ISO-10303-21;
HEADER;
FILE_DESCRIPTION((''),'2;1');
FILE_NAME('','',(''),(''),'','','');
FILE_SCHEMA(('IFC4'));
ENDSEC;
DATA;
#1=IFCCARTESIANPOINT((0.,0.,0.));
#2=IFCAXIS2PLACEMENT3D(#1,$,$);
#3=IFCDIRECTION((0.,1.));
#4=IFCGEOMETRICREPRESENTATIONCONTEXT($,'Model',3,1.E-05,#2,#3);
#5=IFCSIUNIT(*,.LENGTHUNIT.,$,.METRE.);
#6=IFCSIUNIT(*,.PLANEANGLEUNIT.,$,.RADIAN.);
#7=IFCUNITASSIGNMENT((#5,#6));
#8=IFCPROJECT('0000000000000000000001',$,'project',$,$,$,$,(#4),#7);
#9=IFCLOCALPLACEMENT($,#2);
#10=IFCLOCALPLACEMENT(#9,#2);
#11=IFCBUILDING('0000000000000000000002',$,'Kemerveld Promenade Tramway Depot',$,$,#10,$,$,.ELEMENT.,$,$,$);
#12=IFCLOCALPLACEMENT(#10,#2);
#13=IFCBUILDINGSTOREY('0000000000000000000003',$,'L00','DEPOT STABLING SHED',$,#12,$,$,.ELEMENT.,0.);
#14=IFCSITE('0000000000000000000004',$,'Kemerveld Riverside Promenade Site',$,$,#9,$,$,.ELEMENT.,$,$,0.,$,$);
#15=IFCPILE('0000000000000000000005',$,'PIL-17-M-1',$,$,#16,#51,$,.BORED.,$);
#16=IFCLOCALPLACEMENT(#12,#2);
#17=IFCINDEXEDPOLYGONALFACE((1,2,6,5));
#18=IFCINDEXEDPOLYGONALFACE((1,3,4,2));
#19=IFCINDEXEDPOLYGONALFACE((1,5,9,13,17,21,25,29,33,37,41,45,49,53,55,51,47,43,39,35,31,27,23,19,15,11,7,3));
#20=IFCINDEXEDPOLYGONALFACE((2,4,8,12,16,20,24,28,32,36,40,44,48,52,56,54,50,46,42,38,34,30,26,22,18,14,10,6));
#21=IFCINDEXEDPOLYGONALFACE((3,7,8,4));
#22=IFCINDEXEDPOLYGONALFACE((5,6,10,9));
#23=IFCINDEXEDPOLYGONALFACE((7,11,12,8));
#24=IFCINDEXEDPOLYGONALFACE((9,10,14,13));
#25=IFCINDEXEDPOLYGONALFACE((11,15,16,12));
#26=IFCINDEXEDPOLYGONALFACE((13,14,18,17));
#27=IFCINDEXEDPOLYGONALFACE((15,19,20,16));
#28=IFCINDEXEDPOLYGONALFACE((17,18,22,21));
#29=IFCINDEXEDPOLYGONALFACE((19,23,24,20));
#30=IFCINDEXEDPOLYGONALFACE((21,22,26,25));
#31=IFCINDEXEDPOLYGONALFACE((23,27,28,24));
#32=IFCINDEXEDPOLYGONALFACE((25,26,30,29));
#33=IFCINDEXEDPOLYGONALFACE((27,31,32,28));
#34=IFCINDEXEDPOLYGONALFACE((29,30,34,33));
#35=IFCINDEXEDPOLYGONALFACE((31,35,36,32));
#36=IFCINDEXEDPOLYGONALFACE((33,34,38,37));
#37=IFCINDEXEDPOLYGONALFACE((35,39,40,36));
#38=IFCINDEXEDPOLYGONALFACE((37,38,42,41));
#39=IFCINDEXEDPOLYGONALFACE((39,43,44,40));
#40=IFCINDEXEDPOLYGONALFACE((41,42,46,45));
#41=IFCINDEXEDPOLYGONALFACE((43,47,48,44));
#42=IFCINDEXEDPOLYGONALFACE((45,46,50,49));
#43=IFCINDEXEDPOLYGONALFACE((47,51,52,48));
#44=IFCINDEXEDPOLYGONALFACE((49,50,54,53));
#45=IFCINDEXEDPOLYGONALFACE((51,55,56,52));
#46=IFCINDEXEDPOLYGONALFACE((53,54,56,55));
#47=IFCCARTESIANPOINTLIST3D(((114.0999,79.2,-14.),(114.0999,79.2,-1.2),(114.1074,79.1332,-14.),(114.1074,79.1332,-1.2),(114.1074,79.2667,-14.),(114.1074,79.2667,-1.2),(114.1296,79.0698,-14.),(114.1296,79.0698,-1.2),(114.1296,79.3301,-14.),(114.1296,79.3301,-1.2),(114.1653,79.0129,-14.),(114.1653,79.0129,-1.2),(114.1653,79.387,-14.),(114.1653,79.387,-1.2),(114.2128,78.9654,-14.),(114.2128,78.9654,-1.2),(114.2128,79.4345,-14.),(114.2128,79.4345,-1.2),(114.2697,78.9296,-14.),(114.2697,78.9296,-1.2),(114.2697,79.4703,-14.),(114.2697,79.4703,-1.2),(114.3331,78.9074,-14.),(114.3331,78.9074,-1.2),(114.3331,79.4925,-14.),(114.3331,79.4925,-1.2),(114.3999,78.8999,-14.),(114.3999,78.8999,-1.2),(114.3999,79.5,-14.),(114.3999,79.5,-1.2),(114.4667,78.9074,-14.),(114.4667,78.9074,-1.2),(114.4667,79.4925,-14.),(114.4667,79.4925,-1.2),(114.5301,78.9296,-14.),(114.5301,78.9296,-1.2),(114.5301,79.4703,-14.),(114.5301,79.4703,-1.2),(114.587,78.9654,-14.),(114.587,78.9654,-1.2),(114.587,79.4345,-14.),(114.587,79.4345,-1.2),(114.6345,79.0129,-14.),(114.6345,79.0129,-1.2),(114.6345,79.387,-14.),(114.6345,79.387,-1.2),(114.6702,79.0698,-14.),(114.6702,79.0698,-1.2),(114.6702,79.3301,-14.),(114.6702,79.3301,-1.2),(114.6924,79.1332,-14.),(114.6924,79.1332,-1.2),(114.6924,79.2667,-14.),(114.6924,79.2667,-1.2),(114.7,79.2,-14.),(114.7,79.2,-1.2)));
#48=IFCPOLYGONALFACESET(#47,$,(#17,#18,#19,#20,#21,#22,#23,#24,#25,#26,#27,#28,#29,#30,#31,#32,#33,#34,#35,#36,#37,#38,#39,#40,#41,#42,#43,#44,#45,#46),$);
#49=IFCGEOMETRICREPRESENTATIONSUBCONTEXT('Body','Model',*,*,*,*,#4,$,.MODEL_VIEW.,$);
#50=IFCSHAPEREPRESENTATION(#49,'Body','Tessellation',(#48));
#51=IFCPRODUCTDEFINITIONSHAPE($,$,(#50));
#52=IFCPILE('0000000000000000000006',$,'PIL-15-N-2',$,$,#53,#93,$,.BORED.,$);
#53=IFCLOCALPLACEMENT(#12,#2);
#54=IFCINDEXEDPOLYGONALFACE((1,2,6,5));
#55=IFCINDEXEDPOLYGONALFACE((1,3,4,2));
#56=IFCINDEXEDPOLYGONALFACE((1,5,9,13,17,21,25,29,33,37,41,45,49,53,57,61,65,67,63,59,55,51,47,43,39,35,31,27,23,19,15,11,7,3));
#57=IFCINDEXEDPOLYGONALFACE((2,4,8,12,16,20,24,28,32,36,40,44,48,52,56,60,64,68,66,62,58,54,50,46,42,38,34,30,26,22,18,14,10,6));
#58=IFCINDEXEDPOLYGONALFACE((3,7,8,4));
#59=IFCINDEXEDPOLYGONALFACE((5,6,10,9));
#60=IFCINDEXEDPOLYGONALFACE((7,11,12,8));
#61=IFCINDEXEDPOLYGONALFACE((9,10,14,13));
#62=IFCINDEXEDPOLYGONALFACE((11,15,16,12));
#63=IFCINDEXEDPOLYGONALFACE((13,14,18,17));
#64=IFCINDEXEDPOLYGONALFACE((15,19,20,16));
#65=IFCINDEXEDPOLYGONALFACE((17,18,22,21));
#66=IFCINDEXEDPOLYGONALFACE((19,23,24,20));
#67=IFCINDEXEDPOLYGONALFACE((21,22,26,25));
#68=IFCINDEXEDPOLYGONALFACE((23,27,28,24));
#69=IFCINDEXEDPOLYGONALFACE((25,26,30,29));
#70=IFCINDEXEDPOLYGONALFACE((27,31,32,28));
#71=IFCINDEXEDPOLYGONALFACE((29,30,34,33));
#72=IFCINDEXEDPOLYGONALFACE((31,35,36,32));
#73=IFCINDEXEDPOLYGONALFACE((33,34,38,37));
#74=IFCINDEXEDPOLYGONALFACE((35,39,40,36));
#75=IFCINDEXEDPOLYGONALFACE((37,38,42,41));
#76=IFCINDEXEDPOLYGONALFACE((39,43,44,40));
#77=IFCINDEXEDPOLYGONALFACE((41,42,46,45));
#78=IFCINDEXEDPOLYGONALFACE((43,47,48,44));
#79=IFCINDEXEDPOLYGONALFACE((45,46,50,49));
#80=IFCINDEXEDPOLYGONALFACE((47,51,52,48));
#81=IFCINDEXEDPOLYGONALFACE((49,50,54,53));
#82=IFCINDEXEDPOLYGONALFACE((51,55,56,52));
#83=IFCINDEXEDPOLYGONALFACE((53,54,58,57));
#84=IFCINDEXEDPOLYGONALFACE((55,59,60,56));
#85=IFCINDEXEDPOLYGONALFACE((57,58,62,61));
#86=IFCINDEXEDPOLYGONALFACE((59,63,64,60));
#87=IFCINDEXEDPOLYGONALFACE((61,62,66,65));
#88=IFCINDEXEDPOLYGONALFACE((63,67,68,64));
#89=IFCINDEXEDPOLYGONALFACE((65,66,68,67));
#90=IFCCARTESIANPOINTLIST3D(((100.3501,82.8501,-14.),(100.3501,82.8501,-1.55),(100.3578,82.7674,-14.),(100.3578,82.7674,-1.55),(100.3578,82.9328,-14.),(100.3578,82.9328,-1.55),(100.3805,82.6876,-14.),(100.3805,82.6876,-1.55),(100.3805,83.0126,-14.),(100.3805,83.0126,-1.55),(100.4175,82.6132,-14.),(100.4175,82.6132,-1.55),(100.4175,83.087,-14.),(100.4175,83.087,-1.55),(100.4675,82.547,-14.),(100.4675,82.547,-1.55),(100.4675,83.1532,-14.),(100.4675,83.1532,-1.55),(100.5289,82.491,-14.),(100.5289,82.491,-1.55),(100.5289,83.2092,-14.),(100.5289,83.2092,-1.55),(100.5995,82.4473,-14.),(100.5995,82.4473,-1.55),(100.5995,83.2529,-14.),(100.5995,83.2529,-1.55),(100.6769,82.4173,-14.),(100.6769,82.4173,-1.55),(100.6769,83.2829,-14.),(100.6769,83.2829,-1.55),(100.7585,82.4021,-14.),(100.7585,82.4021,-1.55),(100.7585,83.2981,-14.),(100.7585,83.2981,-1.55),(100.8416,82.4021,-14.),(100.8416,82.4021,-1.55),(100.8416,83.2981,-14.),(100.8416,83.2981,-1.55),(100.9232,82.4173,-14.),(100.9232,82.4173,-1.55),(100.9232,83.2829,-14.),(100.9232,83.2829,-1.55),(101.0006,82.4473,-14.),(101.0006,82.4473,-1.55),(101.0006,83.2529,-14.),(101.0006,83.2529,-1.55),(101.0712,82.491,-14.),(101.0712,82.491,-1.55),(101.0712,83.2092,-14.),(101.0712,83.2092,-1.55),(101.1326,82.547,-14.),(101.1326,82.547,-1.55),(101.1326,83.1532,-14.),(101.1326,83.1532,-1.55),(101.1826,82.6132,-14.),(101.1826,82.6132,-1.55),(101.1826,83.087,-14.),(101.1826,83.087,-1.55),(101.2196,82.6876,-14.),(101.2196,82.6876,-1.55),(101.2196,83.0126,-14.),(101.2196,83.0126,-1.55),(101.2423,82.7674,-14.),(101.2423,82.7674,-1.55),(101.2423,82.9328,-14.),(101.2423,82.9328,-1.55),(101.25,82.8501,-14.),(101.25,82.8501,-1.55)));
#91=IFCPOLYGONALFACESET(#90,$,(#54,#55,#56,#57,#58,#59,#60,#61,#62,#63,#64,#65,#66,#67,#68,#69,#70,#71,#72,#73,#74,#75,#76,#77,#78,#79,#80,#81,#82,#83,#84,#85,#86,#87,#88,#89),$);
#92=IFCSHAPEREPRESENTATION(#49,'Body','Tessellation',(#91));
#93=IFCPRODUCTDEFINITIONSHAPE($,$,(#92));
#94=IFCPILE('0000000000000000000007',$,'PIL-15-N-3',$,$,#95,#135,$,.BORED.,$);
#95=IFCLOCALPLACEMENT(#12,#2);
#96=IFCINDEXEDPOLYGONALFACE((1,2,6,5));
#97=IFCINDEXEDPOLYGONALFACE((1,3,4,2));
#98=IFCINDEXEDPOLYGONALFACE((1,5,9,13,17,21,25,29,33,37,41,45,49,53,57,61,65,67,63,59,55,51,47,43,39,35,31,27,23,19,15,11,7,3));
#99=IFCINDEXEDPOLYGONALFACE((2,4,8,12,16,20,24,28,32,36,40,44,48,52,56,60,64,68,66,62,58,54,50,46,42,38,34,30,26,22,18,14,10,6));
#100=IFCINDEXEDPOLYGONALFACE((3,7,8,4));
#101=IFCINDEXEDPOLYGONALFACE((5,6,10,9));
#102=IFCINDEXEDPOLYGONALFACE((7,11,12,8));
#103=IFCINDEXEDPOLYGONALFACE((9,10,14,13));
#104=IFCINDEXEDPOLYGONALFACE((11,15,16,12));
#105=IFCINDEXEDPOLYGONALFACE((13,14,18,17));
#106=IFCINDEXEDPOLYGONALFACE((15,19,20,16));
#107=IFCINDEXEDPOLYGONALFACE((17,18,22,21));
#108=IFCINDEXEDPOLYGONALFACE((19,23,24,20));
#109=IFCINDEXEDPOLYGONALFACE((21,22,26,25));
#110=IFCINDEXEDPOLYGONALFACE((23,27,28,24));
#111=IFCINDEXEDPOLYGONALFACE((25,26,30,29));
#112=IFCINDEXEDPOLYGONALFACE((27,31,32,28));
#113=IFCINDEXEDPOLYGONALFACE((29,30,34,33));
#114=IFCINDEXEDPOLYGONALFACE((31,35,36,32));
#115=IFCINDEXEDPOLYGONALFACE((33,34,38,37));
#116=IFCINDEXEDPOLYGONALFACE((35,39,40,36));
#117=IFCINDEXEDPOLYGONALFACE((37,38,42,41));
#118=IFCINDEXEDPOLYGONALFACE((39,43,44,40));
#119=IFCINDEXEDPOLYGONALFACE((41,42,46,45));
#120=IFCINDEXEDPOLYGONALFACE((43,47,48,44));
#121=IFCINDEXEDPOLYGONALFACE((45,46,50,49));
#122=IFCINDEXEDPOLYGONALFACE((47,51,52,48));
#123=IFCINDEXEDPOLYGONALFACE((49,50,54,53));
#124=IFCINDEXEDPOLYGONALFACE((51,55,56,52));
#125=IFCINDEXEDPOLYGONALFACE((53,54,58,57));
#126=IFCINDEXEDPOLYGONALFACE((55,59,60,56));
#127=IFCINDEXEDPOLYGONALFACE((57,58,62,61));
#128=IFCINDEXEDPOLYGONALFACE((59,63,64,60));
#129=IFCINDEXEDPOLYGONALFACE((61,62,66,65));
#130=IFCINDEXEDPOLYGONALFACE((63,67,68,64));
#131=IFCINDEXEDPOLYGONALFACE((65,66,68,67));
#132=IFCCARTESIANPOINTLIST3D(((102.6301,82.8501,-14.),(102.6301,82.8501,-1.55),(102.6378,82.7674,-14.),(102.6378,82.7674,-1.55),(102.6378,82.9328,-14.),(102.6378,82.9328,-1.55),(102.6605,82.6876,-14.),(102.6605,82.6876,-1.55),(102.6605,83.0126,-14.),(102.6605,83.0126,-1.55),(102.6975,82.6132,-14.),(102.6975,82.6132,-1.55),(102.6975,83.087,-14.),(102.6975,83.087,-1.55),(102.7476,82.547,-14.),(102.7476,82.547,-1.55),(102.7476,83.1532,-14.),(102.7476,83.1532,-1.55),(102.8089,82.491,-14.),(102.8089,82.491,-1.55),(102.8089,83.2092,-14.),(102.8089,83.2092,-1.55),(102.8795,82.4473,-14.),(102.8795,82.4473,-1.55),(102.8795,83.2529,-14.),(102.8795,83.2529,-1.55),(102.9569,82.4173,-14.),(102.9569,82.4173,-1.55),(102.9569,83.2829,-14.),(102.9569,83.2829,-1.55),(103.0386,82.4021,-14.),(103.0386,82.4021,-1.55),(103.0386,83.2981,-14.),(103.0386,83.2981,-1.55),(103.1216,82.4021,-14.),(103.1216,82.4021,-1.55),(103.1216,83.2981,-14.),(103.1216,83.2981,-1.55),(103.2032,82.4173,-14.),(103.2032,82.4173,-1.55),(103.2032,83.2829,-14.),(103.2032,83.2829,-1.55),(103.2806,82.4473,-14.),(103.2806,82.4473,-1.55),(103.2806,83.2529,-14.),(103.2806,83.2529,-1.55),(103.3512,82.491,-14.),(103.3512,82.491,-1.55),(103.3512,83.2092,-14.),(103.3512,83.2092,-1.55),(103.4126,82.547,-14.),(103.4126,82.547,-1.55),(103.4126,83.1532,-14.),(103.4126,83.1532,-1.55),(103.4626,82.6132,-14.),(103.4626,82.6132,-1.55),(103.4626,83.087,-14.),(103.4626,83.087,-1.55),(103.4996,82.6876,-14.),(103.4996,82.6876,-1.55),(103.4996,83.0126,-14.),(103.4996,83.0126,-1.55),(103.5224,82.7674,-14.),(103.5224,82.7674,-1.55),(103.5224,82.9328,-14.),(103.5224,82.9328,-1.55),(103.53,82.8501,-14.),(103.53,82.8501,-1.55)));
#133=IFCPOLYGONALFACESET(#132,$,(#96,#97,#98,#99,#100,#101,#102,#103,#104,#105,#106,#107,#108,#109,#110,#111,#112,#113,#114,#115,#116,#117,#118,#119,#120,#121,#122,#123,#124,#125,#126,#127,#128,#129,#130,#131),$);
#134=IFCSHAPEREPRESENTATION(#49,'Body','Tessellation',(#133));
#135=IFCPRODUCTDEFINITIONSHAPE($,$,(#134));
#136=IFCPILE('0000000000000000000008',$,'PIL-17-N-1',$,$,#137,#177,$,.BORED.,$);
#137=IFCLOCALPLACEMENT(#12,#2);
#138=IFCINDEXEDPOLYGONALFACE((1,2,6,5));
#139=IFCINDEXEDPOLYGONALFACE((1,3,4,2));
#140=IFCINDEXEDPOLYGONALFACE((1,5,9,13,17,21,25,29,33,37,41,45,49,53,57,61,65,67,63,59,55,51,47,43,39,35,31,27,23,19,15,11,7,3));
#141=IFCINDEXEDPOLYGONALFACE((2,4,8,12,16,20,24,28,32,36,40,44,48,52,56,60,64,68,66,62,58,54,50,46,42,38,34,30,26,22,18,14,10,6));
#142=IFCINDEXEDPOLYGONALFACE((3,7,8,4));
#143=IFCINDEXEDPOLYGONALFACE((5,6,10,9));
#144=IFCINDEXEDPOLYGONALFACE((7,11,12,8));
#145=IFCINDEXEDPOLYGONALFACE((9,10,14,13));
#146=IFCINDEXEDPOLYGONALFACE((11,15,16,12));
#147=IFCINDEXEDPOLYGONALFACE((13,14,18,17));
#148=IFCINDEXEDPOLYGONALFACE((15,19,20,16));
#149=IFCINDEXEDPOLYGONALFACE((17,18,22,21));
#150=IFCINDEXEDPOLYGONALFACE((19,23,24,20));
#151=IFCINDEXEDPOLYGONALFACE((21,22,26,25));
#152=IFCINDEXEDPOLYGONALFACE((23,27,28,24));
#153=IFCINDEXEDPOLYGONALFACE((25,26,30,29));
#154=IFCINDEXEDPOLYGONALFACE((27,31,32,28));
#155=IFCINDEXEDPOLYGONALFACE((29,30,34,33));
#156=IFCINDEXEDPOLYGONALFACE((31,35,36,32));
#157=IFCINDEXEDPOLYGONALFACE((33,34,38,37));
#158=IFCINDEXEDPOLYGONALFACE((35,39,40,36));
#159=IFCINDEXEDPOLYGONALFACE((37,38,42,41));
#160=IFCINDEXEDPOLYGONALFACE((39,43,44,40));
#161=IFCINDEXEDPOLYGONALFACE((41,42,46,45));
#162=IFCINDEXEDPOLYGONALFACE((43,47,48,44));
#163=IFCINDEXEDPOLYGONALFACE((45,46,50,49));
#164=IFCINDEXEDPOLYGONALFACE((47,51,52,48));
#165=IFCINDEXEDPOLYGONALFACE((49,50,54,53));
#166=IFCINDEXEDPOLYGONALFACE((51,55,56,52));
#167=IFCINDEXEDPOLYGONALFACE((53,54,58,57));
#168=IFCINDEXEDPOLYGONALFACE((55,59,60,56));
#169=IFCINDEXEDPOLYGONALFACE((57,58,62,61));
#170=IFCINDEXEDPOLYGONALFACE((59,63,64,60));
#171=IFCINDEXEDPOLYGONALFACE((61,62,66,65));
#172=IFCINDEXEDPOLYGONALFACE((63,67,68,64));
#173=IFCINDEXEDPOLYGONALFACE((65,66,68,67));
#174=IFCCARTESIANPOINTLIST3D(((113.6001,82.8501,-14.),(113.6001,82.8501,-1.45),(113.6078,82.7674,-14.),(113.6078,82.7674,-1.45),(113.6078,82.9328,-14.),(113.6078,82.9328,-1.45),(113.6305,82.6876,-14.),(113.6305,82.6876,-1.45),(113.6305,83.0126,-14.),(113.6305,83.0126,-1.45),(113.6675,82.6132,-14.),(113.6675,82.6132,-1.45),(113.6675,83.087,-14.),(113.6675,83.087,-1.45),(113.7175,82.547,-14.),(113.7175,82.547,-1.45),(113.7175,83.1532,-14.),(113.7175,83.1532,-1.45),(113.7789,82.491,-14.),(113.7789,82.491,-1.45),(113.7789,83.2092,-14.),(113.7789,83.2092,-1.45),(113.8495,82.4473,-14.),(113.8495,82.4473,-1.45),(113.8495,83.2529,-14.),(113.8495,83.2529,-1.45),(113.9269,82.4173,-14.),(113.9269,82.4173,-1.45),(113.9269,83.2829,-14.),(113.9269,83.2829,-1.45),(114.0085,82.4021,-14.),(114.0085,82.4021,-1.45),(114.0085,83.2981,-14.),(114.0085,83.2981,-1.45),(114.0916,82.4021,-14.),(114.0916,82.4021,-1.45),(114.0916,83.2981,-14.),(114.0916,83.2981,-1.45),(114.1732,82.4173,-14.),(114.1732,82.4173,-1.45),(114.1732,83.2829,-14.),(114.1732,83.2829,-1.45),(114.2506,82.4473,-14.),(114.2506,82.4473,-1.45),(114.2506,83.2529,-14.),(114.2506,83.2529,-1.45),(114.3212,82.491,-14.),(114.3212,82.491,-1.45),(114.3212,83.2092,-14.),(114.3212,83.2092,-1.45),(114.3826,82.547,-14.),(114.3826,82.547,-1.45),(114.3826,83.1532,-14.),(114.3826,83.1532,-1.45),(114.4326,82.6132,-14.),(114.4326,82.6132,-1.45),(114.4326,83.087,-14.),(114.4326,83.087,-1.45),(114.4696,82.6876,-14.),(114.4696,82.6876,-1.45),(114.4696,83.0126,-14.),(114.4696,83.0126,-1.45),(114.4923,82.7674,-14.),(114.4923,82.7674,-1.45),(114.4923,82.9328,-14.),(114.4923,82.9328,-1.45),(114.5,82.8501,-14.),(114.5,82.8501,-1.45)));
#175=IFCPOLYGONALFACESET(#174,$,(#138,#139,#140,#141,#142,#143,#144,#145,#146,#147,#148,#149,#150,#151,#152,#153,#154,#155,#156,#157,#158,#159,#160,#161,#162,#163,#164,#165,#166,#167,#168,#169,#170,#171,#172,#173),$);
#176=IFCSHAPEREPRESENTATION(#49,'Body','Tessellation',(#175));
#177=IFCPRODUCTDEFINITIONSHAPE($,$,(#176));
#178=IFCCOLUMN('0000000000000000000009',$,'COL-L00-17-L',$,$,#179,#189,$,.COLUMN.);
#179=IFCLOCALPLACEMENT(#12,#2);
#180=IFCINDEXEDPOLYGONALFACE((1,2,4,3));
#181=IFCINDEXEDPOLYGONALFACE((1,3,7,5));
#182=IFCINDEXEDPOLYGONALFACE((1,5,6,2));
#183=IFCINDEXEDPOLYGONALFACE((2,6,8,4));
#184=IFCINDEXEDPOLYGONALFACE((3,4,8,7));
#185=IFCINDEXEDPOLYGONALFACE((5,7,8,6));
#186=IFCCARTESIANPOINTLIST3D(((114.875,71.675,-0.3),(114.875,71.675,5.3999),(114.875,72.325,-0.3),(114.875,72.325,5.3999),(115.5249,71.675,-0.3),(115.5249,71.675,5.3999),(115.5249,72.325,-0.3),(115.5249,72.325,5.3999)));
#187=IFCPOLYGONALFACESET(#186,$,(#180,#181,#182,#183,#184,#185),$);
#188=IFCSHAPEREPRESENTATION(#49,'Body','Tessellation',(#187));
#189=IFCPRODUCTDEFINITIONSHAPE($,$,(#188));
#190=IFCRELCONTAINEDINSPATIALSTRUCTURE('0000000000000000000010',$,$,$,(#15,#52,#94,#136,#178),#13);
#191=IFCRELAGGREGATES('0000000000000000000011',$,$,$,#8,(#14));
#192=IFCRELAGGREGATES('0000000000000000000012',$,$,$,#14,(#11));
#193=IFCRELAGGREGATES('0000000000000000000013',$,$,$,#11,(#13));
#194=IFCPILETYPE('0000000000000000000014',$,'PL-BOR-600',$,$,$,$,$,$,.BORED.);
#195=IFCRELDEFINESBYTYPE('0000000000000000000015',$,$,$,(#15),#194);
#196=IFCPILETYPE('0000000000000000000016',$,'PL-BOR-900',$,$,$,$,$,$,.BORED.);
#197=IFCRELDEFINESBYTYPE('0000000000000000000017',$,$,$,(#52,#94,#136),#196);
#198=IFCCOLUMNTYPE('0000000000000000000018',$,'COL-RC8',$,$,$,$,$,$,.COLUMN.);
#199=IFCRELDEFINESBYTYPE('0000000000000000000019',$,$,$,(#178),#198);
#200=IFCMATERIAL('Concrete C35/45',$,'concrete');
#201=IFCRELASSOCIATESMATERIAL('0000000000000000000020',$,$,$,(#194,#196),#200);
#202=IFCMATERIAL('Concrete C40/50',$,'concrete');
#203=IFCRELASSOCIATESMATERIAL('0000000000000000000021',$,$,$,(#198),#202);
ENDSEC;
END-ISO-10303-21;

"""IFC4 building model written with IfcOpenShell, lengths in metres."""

from ifc_helpers import new_model, si_unit, direction, frame, origin, origin_2d, place, context, subcontext, project, spatial, rectangle, circle, extrude, material, material_profile, profile_set, type_object, element, save


model = new_model("IFC4")

# Units and contexts
model_context = context("Model", 3, precision=1e-05, world=origin(), true_north=direction((0.0, 1.0)))
body_context = subcontext(model_context, "Body", "Model", "MODEL_VIEW")
ifc_project = project(units=[si_unit("LENGTHUNIT", "METRE"), si_unit("PLANEANGLEUNIT", "RADIAN")], contexts=[model_context])

# Site, building, storey
site_placement = place(None, origin())
site = spatial("IfcSite", under=ifc_project, at=site_placement, Name="Kemerveld Riverside Promenade Site", CompositionType="ELEMENT", RefElevation=0.0)
building_placement = place(site_placement, origin())
building = spatial("IfcBuilding", under=site, at=building_placement, Name="Kemerveld Promenade Tramway Depot", CompositionType="ELEMENT")
storey_placement = place(building_placement, origin())
storey = spatial("IfcBuildingStorey", under=building, at=storey_placement, Name="L00", Description="DEPOT STABLING SHED", CompositionType="ELEMENT", Elevation=0.0)

# Shared definitions
ifc_material_1 = material(Name="Concrete C35/45", Category="concrete")

# Piles
ifc_material_profile_1 = material_profile(ifc_material_1, circle(Radius=0.3, at=origin_2d()), Name="PILE-D600")
ifc_profile_set_1 = profile_set([ifc_material_profile_1], Name="Concrete C35/45")
pile_type_1 = type_object("IfcPileType", Name="PL-BOR-600", PredefinedType="BORED", material=ifc_profile_set_1)
for number, where, z_axis, x_axis, name in (
    (1, (114.3999, 79.2, -1.2), (0.0, 0.0, -1.0), (1.0, 0.0, 0.0), "PIL-17-M-1"),
):
    element("IfcPile", number, at=place(storey_placement, frame(where, z_axis=z_axis, x_axis=x_axis)), inside=storey, type_object=pile_type_1, Name=name, PredefinedType="BORED", context=body_context, shape_type="SweptSolid", body=[
        extrude(circle(Radius=0.3, at=origin_2d()), origin(), (0.0, 0.0, 1.0), 12.8),
    ])
ifc_material_profile_2 = material_profile(ifc_material_1, circle(Radius=0.45, at=origin_2d()), Name="PILE-D900")
ifc_profile_set_2 = profile_set([ifc_material_profile_2], Name="Concrete C35/45")
pile_type_2 = type_object("IfcPileType", Name="PL-BOR-900", PredefinedType="BORED", material=ifc_profile_set_2)
for number, where, z_axis, x_axis, name in (
    (2, (100.8, 82.8501, -1.55), (0.0, 0.0, -1.0), (1.0, 0.0, 0.0), "PIL-15-N-2"),
    (3, (103.0801, 82.8501, -1.55), (0.0, 0.0, -1.0), (1.0, 0.0, 0.0), "PIL-15-N-3"),
):
    element("IfcPile", number, at=place(storey_placement, frame(where, z_axis=z_axis, x_axis=x_axis)), inside=storey, type_object=pile_type_2, Name=name, PredefinedType="BORED", context=body_context, shape_type="SweptSolid", body=[
        extrude(circle(Radius=0.45, at=origin_2d()), origin(), (0.0, 0.0, 1.0), 12.45),
    ])
pile_placement = place(storey_placement, frame((114.05, 82.8501, -1.45), z_axis=(0.0, 0.0, -1.0), x_axis=(1.0, 0.0, 0.0)))
element("IfcPile", 4, at=pile_placement, inside=storey, type_object=pile_type_2, Name="PIL-17-N-1", PredefinedType="BORED", context=body_context, shape_type="SweptSolid", body=[
    extrude(circle(Radius=0.45, at=origin_2d()), origin(), (0.0, 0.0, 1.0), 12.55),
])

# Column
ifc_material_2 = material(Name="Concrete C40/50", Category="concrete")
ifc_material_profile_3 = material_profile(ifc_material_2, rectangle(XDim=0.6499, YDim=0.6499, at=origin_2d()), Name="RC-COL-650x650")
ifc_profile_set_3 = profile_set([ifc_material_profile_3], Name="Concrete C40/50")
column_type = type_object("IfcColumnType", Name="COL-RC8", PredefinedType="COLUMN", material=ifc_profile_set_3)
column_placement = place(storey_placement, frame((115.2, 72.0, -0.3), z_axis=(0.0, 0.0, 1.0), x_axis=(1.0, 0.0, 0.0)))
element("IfcColumn", 5, at=column_placement, inside=storey, type_object=column_type, Name="COL-L00-17-L", PredefinedType="COLUMN", context=body_context, shape_type="SweptSolid", body=[
    extrude(rectangle(XDim=0.6499, YDim=0.6499, at=origin_2d()), origin(), (0.0, 0.0, 1.0), 5.7),
])

save(model, "model.ifc")
